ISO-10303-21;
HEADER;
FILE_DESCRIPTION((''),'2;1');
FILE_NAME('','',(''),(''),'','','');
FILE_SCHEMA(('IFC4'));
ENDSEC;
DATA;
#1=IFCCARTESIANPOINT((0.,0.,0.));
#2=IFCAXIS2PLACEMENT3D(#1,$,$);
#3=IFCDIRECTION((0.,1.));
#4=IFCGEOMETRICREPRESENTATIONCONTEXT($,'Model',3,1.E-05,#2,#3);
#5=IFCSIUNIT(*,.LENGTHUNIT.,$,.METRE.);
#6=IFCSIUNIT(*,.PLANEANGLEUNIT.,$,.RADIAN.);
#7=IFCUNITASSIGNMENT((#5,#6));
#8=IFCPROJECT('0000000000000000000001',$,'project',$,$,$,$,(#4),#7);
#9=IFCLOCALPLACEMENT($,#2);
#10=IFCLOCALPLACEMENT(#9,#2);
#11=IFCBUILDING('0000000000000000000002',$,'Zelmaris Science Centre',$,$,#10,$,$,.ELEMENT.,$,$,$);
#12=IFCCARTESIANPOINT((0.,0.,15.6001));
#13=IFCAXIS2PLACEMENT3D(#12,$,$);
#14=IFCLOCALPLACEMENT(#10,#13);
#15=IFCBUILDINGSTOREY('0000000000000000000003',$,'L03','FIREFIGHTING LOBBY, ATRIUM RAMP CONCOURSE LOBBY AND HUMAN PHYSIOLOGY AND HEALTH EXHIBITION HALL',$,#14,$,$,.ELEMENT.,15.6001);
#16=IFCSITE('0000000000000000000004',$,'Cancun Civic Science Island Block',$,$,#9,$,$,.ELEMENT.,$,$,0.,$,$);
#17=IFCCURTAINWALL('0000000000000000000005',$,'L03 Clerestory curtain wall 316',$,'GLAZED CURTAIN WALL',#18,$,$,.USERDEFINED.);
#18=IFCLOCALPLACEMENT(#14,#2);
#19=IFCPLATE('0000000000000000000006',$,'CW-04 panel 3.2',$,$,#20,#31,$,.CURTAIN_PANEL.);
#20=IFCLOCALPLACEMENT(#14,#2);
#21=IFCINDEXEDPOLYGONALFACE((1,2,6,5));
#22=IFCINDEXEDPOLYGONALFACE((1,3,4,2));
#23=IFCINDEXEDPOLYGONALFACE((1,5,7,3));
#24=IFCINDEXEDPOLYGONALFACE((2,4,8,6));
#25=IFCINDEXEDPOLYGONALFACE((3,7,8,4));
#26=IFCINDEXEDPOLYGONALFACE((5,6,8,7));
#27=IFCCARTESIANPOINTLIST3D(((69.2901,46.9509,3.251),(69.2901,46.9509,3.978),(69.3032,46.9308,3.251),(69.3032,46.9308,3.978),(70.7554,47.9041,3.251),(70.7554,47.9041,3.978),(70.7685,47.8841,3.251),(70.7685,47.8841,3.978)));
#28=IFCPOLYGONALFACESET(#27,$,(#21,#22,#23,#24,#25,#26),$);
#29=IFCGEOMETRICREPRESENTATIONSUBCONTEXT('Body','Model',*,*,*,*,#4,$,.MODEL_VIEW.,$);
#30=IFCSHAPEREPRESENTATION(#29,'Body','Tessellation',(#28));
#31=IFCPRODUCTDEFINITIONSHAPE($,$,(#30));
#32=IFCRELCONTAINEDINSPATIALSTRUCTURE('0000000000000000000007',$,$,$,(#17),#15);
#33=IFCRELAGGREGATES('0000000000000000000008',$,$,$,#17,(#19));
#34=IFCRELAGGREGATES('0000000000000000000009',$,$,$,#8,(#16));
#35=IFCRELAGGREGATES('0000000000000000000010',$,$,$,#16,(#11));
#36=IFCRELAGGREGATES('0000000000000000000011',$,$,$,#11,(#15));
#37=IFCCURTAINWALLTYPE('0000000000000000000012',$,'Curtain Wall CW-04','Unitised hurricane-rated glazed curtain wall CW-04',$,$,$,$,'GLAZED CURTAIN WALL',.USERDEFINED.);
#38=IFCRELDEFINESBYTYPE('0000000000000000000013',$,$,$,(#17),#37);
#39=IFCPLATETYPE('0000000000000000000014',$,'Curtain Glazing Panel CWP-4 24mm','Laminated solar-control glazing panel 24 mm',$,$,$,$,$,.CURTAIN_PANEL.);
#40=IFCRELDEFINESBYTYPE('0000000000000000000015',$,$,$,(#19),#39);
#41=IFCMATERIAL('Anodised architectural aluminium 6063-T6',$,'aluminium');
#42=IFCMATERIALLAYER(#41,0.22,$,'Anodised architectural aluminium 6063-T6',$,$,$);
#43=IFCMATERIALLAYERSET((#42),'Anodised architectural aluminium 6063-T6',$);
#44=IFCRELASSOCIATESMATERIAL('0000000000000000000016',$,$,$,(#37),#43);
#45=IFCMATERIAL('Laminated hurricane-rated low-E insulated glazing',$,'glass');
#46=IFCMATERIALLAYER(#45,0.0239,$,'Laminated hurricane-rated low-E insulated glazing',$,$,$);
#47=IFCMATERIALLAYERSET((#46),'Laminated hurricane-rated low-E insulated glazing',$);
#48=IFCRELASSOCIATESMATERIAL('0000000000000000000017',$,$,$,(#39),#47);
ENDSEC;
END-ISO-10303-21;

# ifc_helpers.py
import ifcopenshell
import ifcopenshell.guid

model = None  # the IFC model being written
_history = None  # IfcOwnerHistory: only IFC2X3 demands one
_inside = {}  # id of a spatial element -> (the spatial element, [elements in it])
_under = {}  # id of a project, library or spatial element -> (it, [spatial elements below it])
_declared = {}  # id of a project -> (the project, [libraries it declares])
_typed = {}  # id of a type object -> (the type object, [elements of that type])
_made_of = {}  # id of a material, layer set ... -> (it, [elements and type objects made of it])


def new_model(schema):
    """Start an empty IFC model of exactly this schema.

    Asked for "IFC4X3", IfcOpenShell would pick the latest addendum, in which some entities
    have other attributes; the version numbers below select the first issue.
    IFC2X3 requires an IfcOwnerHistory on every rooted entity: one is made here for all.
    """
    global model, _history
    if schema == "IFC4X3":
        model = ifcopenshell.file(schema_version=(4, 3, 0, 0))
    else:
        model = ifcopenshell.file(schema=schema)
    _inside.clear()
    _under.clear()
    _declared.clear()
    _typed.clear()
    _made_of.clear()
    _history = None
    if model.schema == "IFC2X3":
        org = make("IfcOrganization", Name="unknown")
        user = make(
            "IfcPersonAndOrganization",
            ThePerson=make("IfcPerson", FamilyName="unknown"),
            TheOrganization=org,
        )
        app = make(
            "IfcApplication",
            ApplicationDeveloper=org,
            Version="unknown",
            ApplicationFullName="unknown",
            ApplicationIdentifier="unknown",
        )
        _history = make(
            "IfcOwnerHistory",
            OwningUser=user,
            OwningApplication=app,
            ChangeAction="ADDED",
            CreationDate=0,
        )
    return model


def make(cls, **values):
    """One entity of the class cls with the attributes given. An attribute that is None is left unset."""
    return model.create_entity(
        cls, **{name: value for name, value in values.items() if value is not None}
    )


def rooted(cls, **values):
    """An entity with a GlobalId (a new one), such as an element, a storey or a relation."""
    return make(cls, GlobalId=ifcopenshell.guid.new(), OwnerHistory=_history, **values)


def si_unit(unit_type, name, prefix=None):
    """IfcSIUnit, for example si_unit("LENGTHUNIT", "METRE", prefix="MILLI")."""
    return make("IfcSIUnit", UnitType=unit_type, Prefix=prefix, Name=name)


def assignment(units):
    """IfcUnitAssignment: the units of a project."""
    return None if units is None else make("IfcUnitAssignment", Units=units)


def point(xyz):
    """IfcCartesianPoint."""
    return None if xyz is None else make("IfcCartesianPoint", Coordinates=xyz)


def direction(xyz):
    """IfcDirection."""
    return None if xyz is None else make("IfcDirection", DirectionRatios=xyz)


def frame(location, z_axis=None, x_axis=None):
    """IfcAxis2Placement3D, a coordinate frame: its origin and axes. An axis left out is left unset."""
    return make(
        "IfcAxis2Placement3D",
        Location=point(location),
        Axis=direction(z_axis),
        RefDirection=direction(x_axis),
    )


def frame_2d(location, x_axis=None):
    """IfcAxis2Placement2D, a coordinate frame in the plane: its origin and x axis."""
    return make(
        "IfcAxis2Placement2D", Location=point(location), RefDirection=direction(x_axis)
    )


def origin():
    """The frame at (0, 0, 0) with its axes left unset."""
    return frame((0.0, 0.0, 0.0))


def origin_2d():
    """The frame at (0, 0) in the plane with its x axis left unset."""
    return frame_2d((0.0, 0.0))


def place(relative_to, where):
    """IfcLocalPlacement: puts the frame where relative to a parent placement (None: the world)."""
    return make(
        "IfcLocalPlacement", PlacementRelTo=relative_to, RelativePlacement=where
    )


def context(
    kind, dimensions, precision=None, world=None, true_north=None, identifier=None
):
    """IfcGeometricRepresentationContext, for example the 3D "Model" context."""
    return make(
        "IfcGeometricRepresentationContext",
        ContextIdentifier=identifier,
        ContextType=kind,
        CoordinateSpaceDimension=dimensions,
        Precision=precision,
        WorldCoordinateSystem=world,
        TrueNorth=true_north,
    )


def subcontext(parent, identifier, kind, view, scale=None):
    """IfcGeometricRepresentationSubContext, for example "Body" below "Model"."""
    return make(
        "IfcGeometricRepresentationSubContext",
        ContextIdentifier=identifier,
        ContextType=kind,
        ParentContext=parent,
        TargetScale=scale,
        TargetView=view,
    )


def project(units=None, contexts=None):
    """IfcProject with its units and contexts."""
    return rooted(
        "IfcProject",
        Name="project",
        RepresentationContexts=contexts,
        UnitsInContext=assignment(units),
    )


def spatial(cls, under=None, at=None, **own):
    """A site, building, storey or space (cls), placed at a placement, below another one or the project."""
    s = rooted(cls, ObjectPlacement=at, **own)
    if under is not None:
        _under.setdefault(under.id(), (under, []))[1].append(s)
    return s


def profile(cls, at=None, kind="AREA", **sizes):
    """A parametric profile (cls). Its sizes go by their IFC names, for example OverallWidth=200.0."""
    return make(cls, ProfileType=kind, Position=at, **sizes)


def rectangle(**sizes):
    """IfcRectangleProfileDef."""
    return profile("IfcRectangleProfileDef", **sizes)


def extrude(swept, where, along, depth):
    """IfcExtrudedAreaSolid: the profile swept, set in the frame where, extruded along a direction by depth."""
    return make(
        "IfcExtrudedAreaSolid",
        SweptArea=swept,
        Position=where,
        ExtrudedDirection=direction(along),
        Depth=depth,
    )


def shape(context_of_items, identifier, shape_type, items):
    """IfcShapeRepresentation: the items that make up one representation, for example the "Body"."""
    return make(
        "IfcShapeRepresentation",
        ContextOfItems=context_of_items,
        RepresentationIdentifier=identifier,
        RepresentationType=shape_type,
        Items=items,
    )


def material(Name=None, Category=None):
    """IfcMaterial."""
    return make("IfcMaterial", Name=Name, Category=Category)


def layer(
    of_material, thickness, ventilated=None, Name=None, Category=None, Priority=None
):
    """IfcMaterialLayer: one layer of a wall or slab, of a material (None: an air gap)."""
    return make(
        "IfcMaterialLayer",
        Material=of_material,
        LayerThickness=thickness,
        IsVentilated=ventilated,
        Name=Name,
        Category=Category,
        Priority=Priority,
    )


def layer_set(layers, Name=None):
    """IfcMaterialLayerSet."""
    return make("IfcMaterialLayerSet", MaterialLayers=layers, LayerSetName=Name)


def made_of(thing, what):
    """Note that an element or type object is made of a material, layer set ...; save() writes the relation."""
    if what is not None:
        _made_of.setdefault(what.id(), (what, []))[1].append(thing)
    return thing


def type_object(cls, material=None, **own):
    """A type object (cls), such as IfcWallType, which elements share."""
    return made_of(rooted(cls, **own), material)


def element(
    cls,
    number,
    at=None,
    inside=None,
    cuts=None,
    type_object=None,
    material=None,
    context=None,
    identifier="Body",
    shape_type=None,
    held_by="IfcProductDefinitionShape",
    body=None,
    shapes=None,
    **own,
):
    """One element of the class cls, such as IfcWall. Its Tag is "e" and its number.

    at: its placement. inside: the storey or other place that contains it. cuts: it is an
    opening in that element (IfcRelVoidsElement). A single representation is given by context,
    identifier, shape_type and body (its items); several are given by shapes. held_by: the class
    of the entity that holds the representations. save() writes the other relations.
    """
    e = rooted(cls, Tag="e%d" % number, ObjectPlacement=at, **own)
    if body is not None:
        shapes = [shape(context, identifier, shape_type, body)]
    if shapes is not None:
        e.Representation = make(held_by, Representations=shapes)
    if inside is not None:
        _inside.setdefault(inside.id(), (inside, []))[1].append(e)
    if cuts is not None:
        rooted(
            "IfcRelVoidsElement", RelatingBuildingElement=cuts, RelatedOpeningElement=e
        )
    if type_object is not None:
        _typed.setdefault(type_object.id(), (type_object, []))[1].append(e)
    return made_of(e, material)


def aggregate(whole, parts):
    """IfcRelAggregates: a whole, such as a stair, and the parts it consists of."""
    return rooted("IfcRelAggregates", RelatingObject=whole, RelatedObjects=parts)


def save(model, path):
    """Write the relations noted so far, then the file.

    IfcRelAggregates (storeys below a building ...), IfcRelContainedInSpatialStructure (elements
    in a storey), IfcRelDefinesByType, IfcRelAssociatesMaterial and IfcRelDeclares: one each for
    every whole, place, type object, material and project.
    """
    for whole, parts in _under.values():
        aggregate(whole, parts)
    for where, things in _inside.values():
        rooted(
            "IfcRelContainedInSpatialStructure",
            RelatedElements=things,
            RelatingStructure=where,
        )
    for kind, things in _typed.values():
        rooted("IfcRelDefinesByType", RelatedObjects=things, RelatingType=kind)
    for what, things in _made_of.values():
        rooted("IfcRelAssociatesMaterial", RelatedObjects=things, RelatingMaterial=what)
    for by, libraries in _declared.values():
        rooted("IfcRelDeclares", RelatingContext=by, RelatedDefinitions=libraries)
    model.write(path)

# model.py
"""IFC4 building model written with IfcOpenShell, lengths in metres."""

from ifc_helpers import new_model, si_unit, direction, frame, origin, origin_2d, place, context, subcontext, project, spatial, rectangle, extrude, material, layer, layer_set, type_object, element, aggregate, save


model = new_model("IFC4")

# Units and contexts
model_context = context("Model", 3, precision=1e-05, world=origin(), true_north=direction((0.0, 1.0)))
body_context = subcontext(model_context, "Body", "Model", "MODEL_VIEW")
ifc_project = project(units=[si_unit("LENGTHUNIT", "METRE"), si_unit("PLANEANGLEUNIT", "RADIAN")], contexts=[model_context])

# Site, building, storey
site_placement = place(None, origin())
site = spatial("IfcSite", under=ifc_project, at=site_placement, Name="Cancun Civic Science Island Block", CompositionType="ELEMENT", RefElevation=0.0)
building_placement = place(site_placement, origin())
building = spatial("IfcBuilding", under=site, at=building_placement, Name="Zelmaris Science Centre", CompositionType="ELEMENT")
storey_placement = place(building_placement, frame((0.0, 0.0, 15.6001)))
storey = spatial("IfcBuildingStorey", under=building, at=storey_placement, Name="L03", Description="FIREFIGHTING LOBBY, ATRIUM RAMP CONCOURSE LOBBY AND HUMAN PHYSIOLOGY AND HEALTH EXHIBITION HALL", CompositionType="ELEMENT", Elevation=15.6001)

# Curtain wall
ifc_material_1 = material(Name="Anodised architectural aluminium 6063-T6", Category="aluminium")
ifc_layer_1 = layer(ifc_material_1, 0.22, Name="Anodised architectural aluminium 6063-T6")
ifc_layer_set_1 = layer_set([ifc_layer_1], Name="Anodised architectural aluminium 6063-T6")
curtain_wall_type = type_object("IfcCurtainWallType", Name="Curtain Wall CW-04", Description="Unitised hurricane-rated glazed curtain wall CW-04", ElementType="GLAZED CURTAIN WALL", PredefinedType="USERDEFINED", material=ifc_layer_set_1)
curtain_wall_placement = place(storey_placement, origin())
curtain_wall = element("IfcCurtainWall", 1, at=curtain_wall_placement, inside=storey, type_object=curtain_wall_type, Name="L03 Clerestory curtain wall 316", ObjectType="GLAZED CURTAIN WALL", PredefinedType="USERDEFINED")

# Plate
ifc_material_2 = material(Name="Laminated hurricane-rated low-E insulated glazing", Category="glass")
ifc_layer_2 = layer(ifc_material_2, 0.0239, Name="Laminated hurricane-rated low-E insulated glazing")
ifc_layer_set_2 = layer_set([ifc_layer_2], Name="Laminated hurricane-rated low-E insulated glazing")
plate_type = type_object("IfcPlateType", Name="Curtain Glazing Panel CWP-4 24mm", Description="Laminated solar-control glazing panel 24 mm", PredefinedType="CURTAIN_PANEL", material=ifc_layer_set_2)
plate_1_placement = place(storey_placement, frame((70.0293, 47.4175, 3.251), z_axis=(0.0, 0.0, 1.0), x_axis=(0.838228, 0.545319, 0.0)))
plate_1 = element("IfcPlate", 2, at=plate_1_placement, type_object=plate_type, Name="CW-04 panel 3.2", PredefinedType="CURTAIN_PANEL", context=body_context, shape_type="SweptSolid", body=[
    extrude(rectangle(XDim=1.748, YDim=0.0239, at=origin_2d()), origin(), (0.0, 0.0, 1.0), 0.7271),
])
aggregate(curtain_wall, [plate_1])

save(model, "model.ifc")
